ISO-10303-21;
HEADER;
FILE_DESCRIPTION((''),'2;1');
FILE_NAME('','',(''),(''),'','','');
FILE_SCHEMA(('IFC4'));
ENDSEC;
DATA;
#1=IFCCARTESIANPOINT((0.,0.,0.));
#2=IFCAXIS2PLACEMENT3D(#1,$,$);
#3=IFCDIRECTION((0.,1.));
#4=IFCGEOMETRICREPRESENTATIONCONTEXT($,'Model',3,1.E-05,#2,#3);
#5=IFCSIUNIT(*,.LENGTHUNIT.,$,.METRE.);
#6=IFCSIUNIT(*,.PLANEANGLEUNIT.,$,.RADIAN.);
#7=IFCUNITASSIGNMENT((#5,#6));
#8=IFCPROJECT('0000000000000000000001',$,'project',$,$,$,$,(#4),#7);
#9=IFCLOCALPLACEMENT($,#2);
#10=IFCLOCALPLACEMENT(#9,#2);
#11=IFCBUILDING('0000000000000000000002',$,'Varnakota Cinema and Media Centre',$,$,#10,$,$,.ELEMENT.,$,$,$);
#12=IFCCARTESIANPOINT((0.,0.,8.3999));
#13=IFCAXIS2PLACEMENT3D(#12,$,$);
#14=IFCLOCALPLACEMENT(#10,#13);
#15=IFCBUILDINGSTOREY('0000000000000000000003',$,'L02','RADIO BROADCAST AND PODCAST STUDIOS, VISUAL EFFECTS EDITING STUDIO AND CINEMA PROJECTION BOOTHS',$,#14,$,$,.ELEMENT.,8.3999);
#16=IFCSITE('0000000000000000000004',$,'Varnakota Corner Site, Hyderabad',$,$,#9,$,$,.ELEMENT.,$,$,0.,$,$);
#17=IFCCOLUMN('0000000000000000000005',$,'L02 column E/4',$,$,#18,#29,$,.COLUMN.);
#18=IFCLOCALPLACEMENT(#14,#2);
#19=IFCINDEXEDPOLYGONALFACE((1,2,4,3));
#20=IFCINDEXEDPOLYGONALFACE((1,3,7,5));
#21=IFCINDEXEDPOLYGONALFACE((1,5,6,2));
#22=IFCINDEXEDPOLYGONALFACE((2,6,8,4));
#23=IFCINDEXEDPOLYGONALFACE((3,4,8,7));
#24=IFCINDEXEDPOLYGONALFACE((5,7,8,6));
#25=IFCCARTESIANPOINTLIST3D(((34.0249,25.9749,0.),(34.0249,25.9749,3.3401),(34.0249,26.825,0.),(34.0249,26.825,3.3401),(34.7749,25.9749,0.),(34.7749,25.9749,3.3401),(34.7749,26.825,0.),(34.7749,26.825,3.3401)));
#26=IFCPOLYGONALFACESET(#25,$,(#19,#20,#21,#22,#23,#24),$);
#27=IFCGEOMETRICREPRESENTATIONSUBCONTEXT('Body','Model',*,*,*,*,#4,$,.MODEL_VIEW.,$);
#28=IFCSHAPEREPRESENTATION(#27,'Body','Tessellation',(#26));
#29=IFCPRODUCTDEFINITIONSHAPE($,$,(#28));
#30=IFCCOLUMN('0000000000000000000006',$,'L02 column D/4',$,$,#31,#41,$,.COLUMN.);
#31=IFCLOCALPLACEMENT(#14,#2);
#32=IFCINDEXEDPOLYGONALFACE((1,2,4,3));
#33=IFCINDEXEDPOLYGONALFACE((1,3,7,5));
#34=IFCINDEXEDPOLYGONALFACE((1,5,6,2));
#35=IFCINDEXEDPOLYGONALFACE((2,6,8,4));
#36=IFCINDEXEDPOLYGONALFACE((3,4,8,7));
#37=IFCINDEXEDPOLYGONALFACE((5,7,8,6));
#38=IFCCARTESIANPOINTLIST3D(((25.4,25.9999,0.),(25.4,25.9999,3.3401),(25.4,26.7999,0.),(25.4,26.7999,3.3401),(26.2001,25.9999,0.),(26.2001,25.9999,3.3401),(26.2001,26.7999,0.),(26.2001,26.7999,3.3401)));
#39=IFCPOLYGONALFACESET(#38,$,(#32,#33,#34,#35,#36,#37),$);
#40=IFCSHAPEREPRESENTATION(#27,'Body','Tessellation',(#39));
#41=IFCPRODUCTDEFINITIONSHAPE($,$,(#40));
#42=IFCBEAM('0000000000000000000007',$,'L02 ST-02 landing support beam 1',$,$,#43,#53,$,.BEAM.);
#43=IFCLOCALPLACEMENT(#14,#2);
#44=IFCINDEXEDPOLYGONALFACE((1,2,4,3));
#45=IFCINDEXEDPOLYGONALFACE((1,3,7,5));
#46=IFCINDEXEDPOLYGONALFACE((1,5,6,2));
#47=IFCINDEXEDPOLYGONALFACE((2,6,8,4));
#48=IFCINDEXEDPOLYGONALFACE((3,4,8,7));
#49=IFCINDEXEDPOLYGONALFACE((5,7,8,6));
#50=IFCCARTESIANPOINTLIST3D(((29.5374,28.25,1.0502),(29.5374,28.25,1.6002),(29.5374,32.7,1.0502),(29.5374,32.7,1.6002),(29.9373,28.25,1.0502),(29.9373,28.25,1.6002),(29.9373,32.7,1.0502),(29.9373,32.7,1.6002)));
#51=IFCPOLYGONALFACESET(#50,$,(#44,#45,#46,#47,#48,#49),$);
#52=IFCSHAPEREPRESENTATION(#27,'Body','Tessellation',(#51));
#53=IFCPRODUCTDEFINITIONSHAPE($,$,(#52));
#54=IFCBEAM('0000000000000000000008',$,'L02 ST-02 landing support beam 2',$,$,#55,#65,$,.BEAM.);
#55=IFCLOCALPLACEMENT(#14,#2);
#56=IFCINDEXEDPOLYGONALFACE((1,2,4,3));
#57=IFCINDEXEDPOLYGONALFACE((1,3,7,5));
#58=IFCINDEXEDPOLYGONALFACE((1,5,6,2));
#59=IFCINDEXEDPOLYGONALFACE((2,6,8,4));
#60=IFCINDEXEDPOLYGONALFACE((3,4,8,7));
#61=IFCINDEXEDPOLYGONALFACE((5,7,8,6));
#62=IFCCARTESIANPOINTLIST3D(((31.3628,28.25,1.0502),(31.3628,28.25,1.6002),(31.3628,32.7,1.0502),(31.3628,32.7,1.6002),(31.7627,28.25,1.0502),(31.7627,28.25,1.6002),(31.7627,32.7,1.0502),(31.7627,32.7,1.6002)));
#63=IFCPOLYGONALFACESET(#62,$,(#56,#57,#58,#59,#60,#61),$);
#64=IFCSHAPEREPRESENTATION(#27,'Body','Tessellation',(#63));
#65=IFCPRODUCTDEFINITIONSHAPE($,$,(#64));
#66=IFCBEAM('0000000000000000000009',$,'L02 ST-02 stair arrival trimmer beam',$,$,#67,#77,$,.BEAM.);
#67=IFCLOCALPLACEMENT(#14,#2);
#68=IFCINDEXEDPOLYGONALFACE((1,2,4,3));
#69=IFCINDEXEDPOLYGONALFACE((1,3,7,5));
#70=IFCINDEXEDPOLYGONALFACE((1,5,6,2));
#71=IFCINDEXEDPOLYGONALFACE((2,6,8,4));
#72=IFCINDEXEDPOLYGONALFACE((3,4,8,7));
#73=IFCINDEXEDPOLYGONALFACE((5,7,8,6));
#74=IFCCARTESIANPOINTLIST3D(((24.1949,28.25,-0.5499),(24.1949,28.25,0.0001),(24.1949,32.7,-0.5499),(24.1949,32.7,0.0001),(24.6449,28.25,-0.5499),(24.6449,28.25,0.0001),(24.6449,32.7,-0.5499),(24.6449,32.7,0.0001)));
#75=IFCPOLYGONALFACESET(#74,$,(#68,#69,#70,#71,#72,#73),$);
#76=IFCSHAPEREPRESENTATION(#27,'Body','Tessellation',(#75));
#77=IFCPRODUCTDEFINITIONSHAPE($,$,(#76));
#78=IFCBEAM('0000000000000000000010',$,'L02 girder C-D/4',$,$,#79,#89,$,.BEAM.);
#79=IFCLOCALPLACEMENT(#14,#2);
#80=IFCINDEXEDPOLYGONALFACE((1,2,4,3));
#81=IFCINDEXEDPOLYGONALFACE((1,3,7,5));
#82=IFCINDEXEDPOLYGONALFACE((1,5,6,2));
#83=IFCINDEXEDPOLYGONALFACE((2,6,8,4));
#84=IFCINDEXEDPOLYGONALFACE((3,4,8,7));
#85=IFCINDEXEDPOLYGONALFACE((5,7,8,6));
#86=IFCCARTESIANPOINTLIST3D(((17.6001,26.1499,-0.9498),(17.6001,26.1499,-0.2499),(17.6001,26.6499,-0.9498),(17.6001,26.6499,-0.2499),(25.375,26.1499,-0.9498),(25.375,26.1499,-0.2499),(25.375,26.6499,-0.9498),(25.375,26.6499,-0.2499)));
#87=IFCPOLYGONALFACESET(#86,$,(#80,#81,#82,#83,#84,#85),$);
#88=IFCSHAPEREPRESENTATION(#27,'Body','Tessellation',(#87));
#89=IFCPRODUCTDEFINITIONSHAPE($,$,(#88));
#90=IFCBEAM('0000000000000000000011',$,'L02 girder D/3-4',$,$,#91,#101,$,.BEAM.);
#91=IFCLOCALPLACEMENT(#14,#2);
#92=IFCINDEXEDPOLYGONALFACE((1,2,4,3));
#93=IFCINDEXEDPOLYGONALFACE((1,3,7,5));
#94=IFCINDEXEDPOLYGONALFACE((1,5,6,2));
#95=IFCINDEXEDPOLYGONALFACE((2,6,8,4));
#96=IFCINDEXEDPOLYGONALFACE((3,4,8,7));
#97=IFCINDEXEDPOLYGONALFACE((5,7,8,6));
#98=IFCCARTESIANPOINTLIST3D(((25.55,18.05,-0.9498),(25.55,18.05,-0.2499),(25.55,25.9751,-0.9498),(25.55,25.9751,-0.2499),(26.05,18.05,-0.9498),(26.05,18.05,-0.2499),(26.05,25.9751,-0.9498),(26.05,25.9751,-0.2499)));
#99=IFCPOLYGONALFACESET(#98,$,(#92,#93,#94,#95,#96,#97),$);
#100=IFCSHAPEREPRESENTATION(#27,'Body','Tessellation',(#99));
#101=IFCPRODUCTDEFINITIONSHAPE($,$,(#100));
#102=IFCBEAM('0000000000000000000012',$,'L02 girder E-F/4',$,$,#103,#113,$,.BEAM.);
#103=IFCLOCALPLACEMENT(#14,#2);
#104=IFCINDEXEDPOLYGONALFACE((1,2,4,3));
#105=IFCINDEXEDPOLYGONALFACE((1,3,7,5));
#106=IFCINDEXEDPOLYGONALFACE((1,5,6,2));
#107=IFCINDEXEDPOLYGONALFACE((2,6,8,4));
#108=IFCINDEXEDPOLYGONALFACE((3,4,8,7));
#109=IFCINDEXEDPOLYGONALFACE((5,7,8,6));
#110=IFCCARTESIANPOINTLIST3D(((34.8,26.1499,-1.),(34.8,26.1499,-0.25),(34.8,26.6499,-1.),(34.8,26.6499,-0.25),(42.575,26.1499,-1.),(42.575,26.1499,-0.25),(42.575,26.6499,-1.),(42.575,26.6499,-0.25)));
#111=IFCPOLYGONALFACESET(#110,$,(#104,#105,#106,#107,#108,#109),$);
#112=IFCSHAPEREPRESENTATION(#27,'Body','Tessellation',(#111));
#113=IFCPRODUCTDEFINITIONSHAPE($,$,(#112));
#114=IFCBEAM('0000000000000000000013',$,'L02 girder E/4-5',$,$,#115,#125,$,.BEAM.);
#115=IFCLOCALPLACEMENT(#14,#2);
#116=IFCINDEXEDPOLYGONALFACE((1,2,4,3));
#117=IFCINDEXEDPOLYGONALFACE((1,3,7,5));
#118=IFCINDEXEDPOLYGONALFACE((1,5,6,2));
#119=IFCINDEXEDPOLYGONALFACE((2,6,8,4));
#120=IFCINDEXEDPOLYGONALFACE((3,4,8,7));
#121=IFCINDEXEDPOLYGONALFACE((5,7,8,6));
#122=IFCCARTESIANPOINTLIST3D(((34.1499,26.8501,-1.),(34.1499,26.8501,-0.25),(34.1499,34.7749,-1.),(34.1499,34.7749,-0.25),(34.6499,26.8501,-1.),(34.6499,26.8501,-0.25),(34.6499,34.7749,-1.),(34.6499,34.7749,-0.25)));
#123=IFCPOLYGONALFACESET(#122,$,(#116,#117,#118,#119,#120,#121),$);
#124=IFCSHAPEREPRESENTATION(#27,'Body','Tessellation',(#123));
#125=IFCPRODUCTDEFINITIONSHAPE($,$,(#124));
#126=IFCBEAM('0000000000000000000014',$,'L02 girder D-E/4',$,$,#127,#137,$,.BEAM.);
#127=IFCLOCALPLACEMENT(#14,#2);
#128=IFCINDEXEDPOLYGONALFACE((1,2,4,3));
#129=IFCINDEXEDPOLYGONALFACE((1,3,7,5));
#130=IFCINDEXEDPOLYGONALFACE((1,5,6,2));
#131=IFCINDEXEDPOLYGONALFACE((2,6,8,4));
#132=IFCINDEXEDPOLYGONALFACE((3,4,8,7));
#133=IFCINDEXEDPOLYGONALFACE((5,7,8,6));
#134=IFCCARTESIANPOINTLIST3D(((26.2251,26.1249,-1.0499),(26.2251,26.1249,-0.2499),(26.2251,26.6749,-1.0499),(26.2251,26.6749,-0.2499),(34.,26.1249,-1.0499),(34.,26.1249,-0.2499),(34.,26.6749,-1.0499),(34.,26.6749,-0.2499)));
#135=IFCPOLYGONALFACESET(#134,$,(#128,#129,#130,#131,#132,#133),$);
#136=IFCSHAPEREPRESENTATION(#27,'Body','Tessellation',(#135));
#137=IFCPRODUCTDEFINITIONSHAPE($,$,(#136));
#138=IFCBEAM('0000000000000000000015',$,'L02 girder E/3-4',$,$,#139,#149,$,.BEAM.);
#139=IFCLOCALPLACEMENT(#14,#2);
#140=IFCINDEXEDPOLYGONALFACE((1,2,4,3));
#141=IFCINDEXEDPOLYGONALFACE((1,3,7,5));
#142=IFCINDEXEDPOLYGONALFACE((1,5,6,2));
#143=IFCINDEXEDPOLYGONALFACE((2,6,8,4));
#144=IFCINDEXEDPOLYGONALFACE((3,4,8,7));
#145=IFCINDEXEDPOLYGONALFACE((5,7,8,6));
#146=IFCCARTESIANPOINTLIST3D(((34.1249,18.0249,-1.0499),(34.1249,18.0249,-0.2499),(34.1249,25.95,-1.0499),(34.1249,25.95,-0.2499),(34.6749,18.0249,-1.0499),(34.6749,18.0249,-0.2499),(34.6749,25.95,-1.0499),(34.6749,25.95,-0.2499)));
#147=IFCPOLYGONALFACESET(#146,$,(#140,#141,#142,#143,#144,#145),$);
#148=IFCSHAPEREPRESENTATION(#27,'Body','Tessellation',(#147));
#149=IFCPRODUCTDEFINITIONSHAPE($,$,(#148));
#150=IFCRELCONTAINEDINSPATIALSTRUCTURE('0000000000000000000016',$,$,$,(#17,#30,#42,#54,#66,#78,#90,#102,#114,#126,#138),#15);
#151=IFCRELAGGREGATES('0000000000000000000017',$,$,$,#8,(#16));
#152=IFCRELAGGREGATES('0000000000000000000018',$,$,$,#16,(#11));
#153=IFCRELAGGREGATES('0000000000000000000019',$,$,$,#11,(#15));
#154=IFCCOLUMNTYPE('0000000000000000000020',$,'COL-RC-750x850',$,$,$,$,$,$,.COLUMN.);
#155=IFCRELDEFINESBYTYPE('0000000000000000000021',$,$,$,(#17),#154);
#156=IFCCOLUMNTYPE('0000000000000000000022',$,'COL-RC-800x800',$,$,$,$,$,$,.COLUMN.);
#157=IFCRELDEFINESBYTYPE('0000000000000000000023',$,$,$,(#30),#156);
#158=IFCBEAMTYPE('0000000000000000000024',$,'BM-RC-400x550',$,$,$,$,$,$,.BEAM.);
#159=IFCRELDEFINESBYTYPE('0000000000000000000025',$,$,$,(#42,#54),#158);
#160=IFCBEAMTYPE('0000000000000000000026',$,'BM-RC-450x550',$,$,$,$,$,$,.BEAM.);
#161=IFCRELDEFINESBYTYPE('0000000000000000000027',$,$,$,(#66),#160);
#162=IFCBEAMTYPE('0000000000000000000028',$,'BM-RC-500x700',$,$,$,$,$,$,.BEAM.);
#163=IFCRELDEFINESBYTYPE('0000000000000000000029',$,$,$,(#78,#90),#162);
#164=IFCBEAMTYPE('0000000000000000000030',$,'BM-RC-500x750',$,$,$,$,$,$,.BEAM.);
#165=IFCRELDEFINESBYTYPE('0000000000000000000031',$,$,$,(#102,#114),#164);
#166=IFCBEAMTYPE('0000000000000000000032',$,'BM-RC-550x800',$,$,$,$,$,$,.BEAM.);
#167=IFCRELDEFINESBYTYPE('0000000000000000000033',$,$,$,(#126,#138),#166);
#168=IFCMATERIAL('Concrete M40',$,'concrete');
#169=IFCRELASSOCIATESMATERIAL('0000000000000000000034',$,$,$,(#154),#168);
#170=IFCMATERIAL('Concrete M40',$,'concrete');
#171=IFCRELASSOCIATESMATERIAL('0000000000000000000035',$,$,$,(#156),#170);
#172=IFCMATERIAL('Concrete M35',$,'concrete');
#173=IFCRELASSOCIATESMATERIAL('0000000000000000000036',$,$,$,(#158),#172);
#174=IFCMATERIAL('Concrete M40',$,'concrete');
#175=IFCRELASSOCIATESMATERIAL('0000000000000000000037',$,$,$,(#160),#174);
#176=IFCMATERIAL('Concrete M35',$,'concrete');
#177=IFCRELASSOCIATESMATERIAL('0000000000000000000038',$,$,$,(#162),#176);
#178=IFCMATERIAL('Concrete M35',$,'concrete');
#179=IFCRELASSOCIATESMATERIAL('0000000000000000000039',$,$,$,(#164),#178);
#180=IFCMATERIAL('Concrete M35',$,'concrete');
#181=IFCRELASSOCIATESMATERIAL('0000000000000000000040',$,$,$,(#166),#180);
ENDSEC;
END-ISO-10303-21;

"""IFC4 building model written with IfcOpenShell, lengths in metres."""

from ifc_helpers import new_model, si_unit, direction, frame, origin, origin_2d, place, context, subcontext, project, spatial, rectangle, extrude, material, material_profile, profile_set, type_object, element, save


model = new_model("IFC4")

# Units and contexts
model_context = context("Model", 3, precision=1e-05, world=origin(), true_north=direction((0.0, 1.0)))
body_context = subcontext(model_context, "Body", "Model", "MODEL_VIEW")
ifc_project = project(units=[si_unit("LENGTHUNIT", "METRE"), si_unit("PLANEANGLEUNIT", "RADIAN")], contexts=[model_context])

# Site, building, storey
site_placement = place(None, origin())
site = spatial("IfcSite", under=ifc_project, at=site_placement, Name="Varnakota Corner Site, Hyderabad", CompositionType="ELEMENT", RefElevation=0.0)
building_placement = place(site_placement, origin())
building = spatial("IfcBuilding", under=site, at=building_placement, Name="Varnakota Cinema and Media Centre", CompositionType="ELEMENT")
storey_placement = place(building_placement, frame((0.0, 0.0, 8.3999)))
storey = spatial("IfcBuildingStorey", under=building, at=storey_placement, Name="L02", Description="RADIO BROADCAST AND PODCAST STUDIOS, VISUAL EFFECTS EDITING STUDIO AND CINEMA PROJECTION BOOTHS", CompositionType="ELEMENT", Elevation=8.3999)

# Columns
ifc_material_1 = material(Name="Concrete M40", Category="concrete")
ifc_material_profile_1 = material_profile(ifc_material_1, rectangle(XDim=0.75, YDim=0.8501, at=origin_2d()), Name="RC 750x850")
ifc_profile_set_1 = profile_set([ifc_material_profile_1], Name="Concrete M40")
column_type_1 = type_object("IfcColumnType", Name="COL-RC-750x850", PredefinedType="COLUMN", material=ifc_profile_set_1)
column_1_placement = place(storey_placement, frame((34.3999, 26.3999, 0.0), z_axis=(0.0, 0.0, 1.0), x_axis=(1.0, 0.0, 0.0)))
element("IfcColumn", 1, at=column_1_placement, inside=storey, type_object=column_type_1, Name="L02 column E/4", PredefinedType="COLUMN", context=body_context, shape_type="SweptSolid", body=[
    extrude(rectangle(XDim=0.75, YDim=0.8501, at=origin_2d()), origin(), (0.0, 0.0, 1.0), 3.3401),
])
ifc_material_2 = material(Name="Concrete M40", Category="concrete")
ifc_material_profile_2 = material_profile(ifc_material_2, rectangle(XDim=0.8, YDim=0.8, at=origin_2d()), Name="RC 800x800")
ifc_profile_set_2 = profile_set([ifc_material_profile_2], Name="Concrete M40")
column_type_2 = type_object("IfcColumnType", Name="COL-RC-800x800", PredefinedType="COLUMN", material=ifc_profile_set_2)
column_2_placement = place(storey_placement, frame((25.8, 26.3999, 0.0), z_axis=(0.0, 0.0, 1.0), x_axis=(1.0, 0.0, 0.0)))
element("IfcColumn", 2, at=column_2_placement, inside=storey, type_object=column_type_2, Name="L02 column D/4", PredefinedType="COLUMN", context=body_context, shape_type="SweptSolid", body=[
    extrude(rectangle(XDim=0.8, YDim=0.8, at=origin_2d()), origin(), (0.0, 0.0, 1.0), 3.3401),
])

# Beams
ifc_material_3 = material(Name="Concrete M35", Category="concrete")
ifc_material_profile_3 = material_profile(ifc_material_3, rectangle(XDim=0.3999, YDim=0.55, at=origin_2d()), Name="RCB 400x550")
ifc_profile_set_3 = profile_set([ifc_material_profile_3], Name="Concrete M35")
beam_type_1 = type_object("IfcBeamType", Name="BM-RC-400x550", PredefinedType="BEAM", material=ifc_profile_set_3)
for number, where, z_axis, x_axis, name in (
    (3, (29.7373, 28.25, 1.3252), (0.0, 1.0, 0.0), (-1.0, 0.0, 0.0), "L02 ST-02 landing support beam 1"),
    (4, (31.5627, 28.25, 1.3252), (0.0, 1.0, 0.0), (-1.0, 0.0, 0.0), "L02 ST-02 landing support beam 2"),
):
    element("IfcBeam", number, at=place(storey_placement, frame(where, z_axis=z_axis, x_axis=x_axis)), inside=storey, type_object=beam_type_1, Name=name, PredefinedType="BEAM", context=body_context, shape_type="SweptSolid", body=[
        extrude(rectangle(XDim=0.3999, YDim=0.55, at=origin_2d()), origin(), (0.0, 0.0, 1.0), 4.45),
    ])
ifc_material_4 = material(Name="Concrete M40", Category="concrete")
ifc_material_profile_4 = material_profile(ifc_material_4, rectangle(XDim=0.45, YDim=0.55, at=origin_2d()), Name="RCB 450x550")
ifc_profile_set_4 = profile_set([ifc_material_profile_4], Name="Concrete M40")
beam_type_2 = type_object("IfcBeamType", Name="BM-RC-450x550", PredefinedType="BEAM", material=ifc_profile_set_4)
beam_1_placement = place(storey_placement, frame((24.4199, 28.25, -0.2749), z_axis=(0.0, 1.0, 0.0), x_axis=(-1.0, 0.0, 0.0)))
element("IfcBeam", 5, at=beam_1_placement, inside=storey, type_object=beam_type_2, Name="L02 ST-02 stair arrival trimmer beam", PredefinedType="BEAM", context=body_context, shape_type="SweptSolid", body=[
    extrude(rectangle(XDim=0.45, YDim=0.55, at=origin_2d()), origin(), (0.0, 0.0, 1.0), 4.45),
])
ifc_material_5 = material(Name="Concrete M35", Category="concrete")
ifc_material_profile_5 = material_profile(ifc_material_5, rectangle(XDim=0.5, YDim=0.7, at=origin_2d()), Name="RCB 500x700")
ifc_profile_set_5 = profile_set([ifc_material_profile_5], Name="Concrete M35")
beam_type_3 = type_object("IfcBeamType", Name="BM-RC-500x700", PredefinedType="BEAM", material=ifc_profile_set_5)
beam_2_placement = place(storey_placement, frame((17.6001, 26.3999, -0.5999), z_axis=(1.0, 0.0, 0.0), x_axis=(0.0, 1.0, 0.0)))
element("IfcBeam", 6, at=beam_2_placement, inside=storey, type_object=beam_type_3, Name="L02 girder C-D/4", PredefinedType="BEAM", context=body_context, shape_type="SweptSolid", body=[
    extrude(rectangle(XDim=0.5, YDim=0.7, at=origin_2d()), origin(), (0.0, 0.0, 1.0), 7.7749),
])
beam_3_placement = place(storey_placement, frame((25.8, 18.05, -0.5999), z_axis=(0.0, 1.0, 0.0), x_axis=(-1.0, 0.0, 0.0)))
element("IfcBeam", 7, at=beam_3_placement, inside=storey, type_object=beam_type_3, Name="L02 girder D/3-4", PredefinedType="BEAM", context=body_context, shape_type="SweptSolid", body=[
    extrude(rectangle(XDim=0.5, YDim=0.7, at=origin_2d()), origin(), (0.0, 0.0, 1.0), 7.925),
])
ifc_material_6 = material(Name="Concrete M35", Category="concrete")
ifc_material_profile_6 = material_profile(ifc_material_6, rectangle(XDim=0.5, YDim=0.75, at=origin_2d()), Name="RCB 500x750")
ifc_profile_set_6 = profile_set([ifc_material_profile_6], Name="Concrete M35")
beam_type_4 = type_object("IfcBeamType", Name="BM-RC-500x750", PredefinedType="BEAM", material=ifc_profile_set_6)
beam_4_placement = place(storey_placement, frame((34.8, 26.3999, -0.625), z_axis=(1.0, 0.0, 0.0), x_axis=(0.0, 1.0, 0.0)))
element("IfcBeam", 8, at=beam_4_placement, inside=storey, type_object=beam_type_4, Name="L02 girder E-F/4", PredefinedType="BEAM", context=body_context, shape_type="SweptSolid", body=[
    extrude(rectangle(XDim=0.5, YDim=0.75, at=origin_2d()), origin(), (0.0, 0.0, 1.0), 7.7749),
])
beam_5_placement = place(storey_placement, frame((34.3999, 26.8501, -0.625), z_axis=(0.0, 1.0, 0.0), x_axis=(-1.0, 0.0, 0.0)))
element("IfcBeam", 9, at=beam_5_placement, inside=storey, type_object=beam_type_4, Name="L02 girder E/4-5", PredefinedType="BEAM", context=body_context, shape_type="SweptSolid", body=[
    extrude(rectangle(XDim=0.5, YDim=0.75, at=origin_2d()), origin(), (0.0, 0.0, 1.0), 7.9248),
])
ifc_material_7 = material(Name="Concrete M35", Category="concrete")
ifc_material_profile_7 = material_profile(ifc_material_7, rectangle(XDim=0.55, YDim=0.8, at=origin_2d()), Name="RCB 550x800")
ifc_profile_set_7 = profile_set([ifc_material_profile_7], Name="Concrete M35")
beam_type_5 = type_object("IfcBeamType", Name="BM-RC-550x800", PredefinedType="BEAM", material=ifc_profile_set_7)
beam_6_placement = place(storey_placement, frame((26.2251, 26.3999, -0.6499), z_axis=(1.0, 0.0, 0.0), x_axis=(0.0, 1.0, 0.0)))
element("IfcBeam", 10, at=beam_6_placement, inside=storey, type_object=beam_type_5, Name="L02 girder D-E/4", PredefinedType="BEAM", context=body_context, shape_type="SweptSolid", body=[
    extrude(rectangle(XDim=0.55, YDim=0.8, at=origin_2d()), origin(), (0.0, 0.0, 1.0), 7.7749),
])
beam_7_placement = place(storey_placement, frame((34.3999, 18.0249, -0.6499), z_axis=(0.0, 1.0, 0.0), x_axis=(-1.0, 0.0, 0.0)))
element("IfcBeam", 11, at=beam_7_placement, inside=storey, type_object=beam_type_5, Name="L02 girder E/3-4", PredefinedType="BEAM", context=body_context, shape_type="SweptSolid", body=[
    extrude(rectangle(XDim=0.55, YDim=0.8, at=origin_2d()), origin(), (0.0, 0.0, 1.0), 7.925),
])

save(model, "model.ifc")
